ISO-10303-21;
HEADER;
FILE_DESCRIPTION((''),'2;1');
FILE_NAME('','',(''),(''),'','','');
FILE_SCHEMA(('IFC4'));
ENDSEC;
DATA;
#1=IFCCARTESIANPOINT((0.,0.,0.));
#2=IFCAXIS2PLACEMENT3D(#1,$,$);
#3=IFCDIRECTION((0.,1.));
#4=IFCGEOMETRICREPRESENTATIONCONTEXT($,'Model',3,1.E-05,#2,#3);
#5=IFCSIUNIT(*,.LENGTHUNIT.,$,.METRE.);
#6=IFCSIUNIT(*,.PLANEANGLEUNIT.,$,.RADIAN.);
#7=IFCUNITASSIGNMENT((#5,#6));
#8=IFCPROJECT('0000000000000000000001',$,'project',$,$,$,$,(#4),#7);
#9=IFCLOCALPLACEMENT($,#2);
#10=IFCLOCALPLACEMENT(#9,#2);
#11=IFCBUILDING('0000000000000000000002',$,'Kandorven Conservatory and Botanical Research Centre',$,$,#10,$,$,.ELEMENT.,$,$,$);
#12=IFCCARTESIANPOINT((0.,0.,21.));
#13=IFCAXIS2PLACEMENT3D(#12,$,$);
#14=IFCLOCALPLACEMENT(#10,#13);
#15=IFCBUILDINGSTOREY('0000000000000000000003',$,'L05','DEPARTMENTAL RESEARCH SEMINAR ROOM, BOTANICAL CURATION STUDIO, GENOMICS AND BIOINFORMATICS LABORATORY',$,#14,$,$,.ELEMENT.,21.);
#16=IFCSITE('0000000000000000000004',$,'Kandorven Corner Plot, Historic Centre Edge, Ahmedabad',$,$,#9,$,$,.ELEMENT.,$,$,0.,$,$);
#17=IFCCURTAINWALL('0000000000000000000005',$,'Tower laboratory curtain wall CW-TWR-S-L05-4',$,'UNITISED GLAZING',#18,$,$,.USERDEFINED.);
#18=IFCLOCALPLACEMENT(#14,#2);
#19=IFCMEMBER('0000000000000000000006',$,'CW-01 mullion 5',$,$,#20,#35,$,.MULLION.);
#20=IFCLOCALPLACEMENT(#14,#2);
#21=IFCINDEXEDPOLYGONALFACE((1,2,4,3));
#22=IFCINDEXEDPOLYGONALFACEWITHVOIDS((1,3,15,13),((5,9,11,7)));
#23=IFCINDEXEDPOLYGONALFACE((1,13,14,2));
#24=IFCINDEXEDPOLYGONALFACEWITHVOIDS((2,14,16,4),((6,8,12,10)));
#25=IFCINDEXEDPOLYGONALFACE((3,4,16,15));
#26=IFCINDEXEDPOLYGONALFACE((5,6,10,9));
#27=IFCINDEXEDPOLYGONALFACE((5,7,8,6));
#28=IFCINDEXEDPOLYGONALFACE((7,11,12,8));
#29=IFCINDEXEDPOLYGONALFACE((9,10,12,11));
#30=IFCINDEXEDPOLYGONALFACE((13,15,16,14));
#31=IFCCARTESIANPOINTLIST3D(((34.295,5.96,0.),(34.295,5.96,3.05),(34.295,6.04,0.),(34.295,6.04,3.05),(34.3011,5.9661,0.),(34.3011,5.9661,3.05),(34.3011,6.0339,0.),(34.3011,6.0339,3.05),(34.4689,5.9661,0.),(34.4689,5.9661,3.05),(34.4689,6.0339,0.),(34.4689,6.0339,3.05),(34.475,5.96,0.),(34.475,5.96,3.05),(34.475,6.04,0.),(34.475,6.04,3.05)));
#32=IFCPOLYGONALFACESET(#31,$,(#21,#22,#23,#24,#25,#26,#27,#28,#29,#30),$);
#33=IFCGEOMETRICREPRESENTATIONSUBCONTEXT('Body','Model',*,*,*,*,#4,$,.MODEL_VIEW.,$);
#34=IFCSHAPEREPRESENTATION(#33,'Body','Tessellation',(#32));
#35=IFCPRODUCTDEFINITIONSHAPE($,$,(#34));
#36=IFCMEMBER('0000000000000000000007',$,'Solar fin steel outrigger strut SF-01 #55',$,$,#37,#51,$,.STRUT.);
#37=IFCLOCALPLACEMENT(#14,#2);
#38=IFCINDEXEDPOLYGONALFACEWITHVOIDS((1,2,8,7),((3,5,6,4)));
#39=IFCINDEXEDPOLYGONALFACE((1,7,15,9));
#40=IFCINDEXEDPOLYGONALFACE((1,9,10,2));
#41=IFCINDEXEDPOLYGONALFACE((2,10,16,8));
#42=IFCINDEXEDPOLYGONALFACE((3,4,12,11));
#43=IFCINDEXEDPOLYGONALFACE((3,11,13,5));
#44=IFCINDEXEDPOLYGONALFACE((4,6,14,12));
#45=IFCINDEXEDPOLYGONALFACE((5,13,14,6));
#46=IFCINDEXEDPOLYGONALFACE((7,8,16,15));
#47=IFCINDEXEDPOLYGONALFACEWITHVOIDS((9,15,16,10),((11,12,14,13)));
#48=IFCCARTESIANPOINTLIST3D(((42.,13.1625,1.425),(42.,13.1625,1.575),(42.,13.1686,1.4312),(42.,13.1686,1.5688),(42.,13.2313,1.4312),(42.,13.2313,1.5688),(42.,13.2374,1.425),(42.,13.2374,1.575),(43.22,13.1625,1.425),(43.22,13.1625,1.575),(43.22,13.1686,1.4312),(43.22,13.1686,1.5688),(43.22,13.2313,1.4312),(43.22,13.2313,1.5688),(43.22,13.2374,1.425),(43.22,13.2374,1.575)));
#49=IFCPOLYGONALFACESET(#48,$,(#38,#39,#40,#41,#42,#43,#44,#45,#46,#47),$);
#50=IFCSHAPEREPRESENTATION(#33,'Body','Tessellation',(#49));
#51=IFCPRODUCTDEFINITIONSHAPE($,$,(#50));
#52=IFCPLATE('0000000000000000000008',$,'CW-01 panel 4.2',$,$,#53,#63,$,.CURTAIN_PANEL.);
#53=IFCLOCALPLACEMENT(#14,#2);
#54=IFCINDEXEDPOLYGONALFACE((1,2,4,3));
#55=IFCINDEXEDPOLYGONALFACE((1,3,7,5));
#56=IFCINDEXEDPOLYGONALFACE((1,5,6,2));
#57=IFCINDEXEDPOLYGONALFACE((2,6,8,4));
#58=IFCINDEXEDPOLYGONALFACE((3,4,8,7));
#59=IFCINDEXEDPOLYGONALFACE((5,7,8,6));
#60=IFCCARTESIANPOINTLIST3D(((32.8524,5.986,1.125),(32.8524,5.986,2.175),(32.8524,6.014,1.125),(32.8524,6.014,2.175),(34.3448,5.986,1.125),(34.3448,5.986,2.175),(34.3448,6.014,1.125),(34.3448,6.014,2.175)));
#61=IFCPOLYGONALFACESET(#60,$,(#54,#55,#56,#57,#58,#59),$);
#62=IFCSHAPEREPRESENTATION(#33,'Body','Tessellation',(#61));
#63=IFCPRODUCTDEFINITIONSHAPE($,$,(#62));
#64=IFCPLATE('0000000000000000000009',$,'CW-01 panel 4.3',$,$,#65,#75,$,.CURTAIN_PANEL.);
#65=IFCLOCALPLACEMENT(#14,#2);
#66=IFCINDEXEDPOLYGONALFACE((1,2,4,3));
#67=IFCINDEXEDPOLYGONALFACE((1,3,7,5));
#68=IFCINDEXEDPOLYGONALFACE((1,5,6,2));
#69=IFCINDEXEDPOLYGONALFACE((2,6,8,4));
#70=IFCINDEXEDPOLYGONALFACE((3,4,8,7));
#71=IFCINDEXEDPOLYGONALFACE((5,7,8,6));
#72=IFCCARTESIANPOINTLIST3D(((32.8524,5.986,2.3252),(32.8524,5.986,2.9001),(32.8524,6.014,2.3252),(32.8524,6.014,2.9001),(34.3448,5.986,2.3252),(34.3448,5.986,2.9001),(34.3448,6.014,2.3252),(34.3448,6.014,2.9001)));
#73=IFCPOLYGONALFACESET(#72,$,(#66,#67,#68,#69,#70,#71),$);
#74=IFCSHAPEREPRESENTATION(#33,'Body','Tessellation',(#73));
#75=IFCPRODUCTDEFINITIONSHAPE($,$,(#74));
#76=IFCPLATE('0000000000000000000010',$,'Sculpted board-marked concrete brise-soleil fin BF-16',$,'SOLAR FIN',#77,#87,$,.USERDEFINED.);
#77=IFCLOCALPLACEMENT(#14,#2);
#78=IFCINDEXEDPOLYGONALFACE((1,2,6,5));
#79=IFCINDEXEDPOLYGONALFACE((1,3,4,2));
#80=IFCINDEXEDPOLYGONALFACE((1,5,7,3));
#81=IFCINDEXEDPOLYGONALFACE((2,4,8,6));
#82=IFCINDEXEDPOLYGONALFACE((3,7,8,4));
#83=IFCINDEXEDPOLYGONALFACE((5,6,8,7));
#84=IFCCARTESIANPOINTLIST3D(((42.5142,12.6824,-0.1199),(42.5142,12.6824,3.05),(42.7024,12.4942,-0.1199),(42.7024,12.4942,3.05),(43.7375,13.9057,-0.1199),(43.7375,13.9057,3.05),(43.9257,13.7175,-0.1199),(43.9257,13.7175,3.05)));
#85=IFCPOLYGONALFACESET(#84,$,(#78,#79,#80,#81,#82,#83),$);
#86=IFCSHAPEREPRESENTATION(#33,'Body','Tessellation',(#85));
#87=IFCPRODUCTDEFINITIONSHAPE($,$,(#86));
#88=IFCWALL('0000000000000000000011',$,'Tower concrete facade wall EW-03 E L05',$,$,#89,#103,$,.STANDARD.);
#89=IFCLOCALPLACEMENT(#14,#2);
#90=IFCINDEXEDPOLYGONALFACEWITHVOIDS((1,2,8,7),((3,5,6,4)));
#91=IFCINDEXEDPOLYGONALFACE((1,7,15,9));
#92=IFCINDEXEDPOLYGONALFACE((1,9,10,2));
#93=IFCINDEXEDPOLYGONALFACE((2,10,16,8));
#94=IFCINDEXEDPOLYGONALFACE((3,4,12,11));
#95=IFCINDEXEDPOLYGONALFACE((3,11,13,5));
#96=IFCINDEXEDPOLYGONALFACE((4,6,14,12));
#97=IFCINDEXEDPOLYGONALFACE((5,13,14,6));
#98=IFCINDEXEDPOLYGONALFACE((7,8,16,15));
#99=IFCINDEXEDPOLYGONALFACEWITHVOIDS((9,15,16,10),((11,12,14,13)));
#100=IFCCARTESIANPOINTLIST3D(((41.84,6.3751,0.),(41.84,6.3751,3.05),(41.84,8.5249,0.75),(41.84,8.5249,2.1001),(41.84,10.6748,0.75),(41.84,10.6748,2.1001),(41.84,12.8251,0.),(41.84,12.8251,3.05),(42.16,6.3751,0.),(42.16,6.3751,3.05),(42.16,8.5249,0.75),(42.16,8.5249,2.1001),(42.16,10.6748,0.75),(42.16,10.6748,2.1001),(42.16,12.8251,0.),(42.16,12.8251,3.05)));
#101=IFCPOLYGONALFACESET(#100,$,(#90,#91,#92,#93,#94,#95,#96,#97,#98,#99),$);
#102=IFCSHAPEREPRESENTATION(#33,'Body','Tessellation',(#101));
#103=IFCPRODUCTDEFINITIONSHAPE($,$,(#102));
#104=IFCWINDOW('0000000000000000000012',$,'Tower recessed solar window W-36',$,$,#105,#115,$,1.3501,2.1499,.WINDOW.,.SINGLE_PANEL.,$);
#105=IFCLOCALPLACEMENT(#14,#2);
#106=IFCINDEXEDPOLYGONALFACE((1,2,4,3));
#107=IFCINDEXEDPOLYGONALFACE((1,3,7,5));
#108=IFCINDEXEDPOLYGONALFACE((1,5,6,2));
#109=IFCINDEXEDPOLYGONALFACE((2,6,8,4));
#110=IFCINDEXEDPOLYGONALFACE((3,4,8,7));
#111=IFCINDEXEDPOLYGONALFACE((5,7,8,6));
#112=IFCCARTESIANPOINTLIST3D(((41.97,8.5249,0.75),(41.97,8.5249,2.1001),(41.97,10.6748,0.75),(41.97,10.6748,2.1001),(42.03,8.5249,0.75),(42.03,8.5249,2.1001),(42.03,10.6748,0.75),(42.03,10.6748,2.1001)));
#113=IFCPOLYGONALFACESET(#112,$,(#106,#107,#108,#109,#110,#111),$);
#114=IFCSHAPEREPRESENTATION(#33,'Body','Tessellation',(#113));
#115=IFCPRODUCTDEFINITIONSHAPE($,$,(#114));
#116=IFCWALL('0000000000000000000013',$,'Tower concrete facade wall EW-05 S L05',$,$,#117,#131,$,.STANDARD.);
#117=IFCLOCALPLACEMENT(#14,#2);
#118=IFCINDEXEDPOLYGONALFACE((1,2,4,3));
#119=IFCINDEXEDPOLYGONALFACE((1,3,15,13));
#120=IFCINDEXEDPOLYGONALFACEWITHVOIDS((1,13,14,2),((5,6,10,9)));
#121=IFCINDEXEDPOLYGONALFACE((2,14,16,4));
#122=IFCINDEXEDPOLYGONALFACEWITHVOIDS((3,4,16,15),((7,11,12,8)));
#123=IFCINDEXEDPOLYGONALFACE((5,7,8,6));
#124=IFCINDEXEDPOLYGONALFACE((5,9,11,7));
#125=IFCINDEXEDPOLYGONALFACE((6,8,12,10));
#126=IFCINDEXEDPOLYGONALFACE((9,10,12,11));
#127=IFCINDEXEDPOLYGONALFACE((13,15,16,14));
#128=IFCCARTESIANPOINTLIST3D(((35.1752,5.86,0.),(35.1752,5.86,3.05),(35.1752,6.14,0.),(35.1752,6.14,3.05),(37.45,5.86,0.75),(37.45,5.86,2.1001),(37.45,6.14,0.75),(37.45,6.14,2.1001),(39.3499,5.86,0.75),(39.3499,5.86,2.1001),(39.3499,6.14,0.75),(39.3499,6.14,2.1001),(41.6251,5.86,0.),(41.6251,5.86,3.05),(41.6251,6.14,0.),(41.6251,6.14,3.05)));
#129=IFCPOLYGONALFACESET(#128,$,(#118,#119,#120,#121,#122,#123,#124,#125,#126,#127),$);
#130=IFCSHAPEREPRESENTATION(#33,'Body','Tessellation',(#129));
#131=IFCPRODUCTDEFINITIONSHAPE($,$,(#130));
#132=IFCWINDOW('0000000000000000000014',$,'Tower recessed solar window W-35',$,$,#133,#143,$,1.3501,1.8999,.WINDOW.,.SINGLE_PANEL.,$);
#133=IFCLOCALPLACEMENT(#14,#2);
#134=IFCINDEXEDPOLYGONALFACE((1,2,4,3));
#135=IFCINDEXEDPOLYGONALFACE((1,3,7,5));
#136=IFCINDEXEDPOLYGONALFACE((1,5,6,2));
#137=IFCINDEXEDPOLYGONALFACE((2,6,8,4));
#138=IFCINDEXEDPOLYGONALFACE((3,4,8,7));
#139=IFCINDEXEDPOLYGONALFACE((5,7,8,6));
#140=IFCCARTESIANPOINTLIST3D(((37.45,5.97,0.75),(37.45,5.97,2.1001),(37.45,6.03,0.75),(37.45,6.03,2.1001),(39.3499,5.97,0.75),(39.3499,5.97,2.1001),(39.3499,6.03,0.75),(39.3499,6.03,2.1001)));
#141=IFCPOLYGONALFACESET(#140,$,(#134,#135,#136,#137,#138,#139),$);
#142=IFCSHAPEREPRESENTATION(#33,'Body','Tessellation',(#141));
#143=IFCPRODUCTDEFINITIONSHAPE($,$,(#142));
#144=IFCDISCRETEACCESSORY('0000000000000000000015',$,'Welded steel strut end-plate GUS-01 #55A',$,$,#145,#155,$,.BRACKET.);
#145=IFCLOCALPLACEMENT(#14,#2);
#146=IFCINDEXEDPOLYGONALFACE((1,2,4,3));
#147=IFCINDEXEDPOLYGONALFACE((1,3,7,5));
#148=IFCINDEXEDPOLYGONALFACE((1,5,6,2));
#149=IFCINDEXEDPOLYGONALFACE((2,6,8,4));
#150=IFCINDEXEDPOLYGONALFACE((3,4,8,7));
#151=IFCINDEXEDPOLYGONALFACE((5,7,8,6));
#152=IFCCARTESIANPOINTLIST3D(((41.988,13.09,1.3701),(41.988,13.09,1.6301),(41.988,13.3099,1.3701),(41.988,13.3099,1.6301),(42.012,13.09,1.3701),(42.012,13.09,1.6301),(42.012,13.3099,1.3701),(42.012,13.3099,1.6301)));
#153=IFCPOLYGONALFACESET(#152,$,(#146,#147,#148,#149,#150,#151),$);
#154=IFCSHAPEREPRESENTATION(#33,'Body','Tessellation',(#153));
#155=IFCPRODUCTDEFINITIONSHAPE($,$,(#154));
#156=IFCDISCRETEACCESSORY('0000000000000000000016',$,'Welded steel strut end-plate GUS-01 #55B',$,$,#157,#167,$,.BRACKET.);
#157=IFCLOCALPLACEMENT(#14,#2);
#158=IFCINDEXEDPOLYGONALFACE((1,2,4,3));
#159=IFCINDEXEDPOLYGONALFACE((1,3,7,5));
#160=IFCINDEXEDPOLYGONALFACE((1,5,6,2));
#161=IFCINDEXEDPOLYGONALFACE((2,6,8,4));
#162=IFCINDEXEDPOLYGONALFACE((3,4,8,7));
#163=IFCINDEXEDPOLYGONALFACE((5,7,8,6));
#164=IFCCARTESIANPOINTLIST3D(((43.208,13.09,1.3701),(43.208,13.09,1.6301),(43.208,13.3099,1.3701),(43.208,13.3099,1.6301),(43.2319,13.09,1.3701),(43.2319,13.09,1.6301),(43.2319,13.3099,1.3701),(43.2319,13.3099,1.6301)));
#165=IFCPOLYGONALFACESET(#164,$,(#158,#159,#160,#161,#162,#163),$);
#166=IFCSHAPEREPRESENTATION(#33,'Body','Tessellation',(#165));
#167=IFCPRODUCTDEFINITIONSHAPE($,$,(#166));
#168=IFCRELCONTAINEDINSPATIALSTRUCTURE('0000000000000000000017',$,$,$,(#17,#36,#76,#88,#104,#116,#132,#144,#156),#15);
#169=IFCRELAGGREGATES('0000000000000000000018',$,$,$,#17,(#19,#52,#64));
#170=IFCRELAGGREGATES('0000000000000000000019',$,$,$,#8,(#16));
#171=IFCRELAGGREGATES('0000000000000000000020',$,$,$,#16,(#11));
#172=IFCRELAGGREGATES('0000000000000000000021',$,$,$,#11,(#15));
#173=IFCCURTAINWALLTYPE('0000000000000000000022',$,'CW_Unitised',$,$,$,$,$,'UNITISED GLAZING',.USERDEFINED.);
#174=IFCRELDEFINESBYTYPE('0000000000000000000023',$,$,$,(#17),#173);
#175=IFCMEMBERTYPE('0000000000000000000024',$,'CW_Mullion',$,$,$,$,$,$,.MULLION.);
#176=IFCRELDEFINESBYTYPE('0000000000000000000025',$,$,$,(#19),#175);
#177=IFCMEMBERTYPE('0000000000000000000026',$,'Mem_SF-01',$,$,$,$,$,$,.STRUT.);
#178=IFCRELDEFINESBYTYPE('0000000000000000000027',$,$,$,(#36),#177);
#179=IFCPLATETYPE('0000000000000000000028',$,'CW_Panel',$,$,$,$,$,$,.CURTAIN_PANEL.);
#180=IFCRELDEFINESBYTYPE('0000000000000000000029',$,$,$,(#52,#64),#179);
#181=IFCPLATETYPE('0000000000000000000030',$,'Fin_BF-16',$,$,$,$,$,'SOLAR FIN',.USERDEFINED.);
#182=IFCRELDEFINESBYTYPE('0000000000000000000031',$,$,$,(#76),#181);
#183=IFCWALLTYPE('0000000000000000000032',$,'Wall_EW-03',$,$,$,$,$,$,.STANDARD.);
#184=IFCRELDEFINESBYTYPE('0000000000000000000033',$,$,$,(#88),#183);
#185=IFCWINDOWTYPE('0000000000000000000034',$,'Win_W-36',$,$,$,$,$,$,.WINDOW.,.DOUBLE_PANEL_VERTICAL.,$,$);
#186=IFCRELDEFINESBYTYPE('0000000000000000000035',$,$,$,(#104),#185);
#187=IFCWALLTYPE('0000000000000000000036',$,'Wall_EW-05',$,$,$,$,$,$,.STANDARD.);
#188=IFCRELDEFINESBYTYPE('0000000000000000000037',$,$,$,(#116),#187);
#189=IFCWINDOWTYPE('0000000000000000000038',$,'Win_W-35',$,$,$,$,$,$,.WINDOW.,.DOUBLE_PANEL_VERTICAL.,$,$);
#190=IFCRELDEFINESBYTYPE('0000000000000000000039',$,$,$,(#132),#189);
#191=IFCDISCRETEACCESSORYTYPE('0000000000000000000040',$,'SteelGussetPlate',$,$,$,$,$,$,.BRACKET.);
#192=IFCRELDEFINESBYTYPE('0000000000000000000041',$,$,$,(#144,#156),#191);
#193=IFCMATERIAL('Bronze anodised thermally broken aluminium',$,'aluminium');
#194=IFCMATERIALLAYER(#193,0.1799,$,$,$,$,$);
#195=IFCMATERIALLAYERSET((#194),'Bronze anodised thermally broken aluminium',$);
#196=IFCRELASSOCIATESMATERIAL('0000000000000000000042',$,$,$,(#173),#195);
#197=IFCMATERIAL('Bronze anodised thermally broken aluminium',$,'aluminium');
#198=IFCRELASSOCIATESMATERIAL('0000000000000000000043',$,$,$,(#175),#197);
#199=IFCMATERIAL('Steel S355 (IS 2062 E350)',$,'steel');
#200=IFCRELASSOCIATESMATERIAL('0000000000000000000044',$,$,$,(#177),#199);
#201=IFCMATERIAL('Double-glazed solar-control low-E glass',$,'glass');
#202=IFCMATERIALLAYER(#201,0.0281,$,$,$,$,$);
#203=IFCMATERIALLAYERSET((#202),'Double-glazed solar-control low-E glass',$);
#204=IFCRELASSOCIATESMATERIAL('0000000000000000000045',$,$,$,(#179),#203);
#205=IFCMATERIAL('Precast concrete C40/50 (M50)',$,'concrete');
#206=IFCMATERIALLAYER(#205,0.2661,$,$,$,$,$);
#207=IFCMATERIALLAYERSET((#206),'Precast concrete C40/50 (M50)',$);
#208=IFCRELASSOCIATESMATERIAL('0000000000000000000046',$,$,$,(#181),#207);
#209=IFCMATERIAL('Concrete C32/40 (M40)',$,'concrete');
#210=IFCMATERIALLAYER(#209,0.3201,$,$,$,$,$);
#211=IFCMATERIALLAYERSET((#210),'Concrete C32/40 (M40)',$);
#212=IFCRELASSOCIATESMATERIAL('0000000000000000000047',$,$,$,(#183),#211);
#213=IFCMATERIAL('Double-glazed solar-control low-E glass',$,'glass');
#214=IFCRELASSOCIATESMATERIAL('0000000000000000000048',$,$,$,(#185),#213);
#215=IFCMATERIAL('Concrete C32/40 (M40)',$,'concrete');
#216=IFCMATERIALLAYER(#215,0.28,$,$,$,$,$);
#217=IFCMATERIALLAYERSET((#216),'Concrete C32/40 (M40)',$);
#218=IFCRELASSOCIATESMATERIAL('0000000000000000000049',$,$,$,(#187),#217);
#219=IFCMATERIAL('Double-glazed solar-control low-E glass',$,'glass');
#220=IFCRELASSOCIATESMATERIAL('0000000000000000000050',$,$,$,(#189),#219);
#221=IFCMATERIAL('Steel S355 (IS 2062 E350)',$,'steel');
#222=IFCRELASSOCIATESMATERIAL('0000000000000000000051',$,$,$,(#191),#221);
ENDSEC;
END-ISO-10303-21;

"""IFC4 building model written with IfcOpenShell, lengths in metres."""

from ifc_helpers import new_model, si_unit, direction, frame, frame_2d, origin, origin_2d, place, context, subcontext, project, spatial, rectangle, hollow_rectangle, extrude, material, layer, layer_set, material_profile, profile_set, type_object, element, fill, aggregate, save


model = new_model("IFC4")

# Units and contexts
model_context = context("Model", 3, precision=1e-05, world=origin(), true_north=direction((0.0, 1.0)))
body_context = subcontext(model_context, "Body", "Model", "MODEL_VIEW")
ifc_project = project(units=[si_unit("LENGTHUNIT", "METRE"), si_unit("PLANEANGLEUNIT", "RADIAN")], contexts=[model_context])

# Site, building, storey
site_placement = place(None, origin())
site = spatial("IfcSite", under=ifc_project, at=site_placement, Name="Kandorven Corner Plot, Historic Centre Edge, Ahmedabad", CompositionType="ELEMENT", RefElevation=0.0)
building_placement = place(site_placement, origin())
building = spatial("IfcBuilding", under=site, at=building_placement, Name="Kandorven Conservatory and Botanical Research Centre", CompositionType="ELEMENT")
storey_placement = place(building_placement, frame((0.0, 0.0, 21.0)))
storey = spatial("IfcBuildingStorey", under=building, at=storey_placement, Name="L05", Description="DEPARTMENTAL RESEARCH SEMINAR ROOM, BOTANICAL CURATION STUDIO, GENOMICS AND BIOINFORMATICS LABORATORY", CompositionType="ELEMENT", Elevation=21.0)

# Curtain wall, member
ifc_material_1 = material(Name="Bronze anodised thermally broken aluminium", Category="aluminium")
ifc_layer_1 = layer(ifc_material_1, 0.1799)
ifc_layer_set_1 = layer_set([ifc_layer_1], Name="Bronze anodised thermally broken aluminium")
curtain_wall_type = type_object("IfcCurtainWallType", Name="CW_Unitised", ElementType="UNITISED GLAZING", PredefinedType="USERDEFINED", material=ifc_layer_set_1)
curtain_wall_placement = place(storey_placement, origin())
curtain_wall = element("IfcCurtainWall", 1, at=curtain_wall_placement, inside=storey, type_object=curtain_wall_type, Name="Tower laboratory curtain wall CW-TWR-S-L05-4", ObjectType="UNITISED GLAZING", PredefinedType="USERDEFINED")
ifc_material_2 = material(Name="Bronze anodised thermally broken aluminium", Category="aluminium")
ifc_material_profile_1 = material_profile(ifc_material_2, hollow_rectangle(XDim=0.0801, YDim=0.1799, WallThickness=0.0061, at=origin_2d()))
ifc_profile_set_1 = profile_set([ifc_material_profile_1], Name="Bronze anodised thermally broken aluminium")
member_type_1 = type_object("IfcMemberType", Name="CW_Mullion", PredefinedType="MULLION", material=ifc_profile_set_1)
member_1_placement = place(storey_placement, frame((34.385, 6.0, 0.0), z_axis=(0.0, 0.0, 1.0), x_axis=(0.0, 1.0, 0.0)))
member_1 = element("IfcMember", 2, at=member_1_placement, type_object=member_type_1, Name="CW-01 mullion 5", PredefinedType="MULLION", context=body_context, shape_type="SweptSolid", body=[
    extrude(hollow_rectangle(XDim=0.0801, YDim=0.1799, WallThickness=0.0061, at=origin_2d()), origin(), (0.0, 0.0, 1.0), 3.05),
])

# Member
ifc_material_3 = material(Name="Steel S355 (IS 2062 E350)", Category="steel")
ifc_material_profile_2 = material_profile(ifc_material_3, hollow_rectangle(XDim=0.075, YDim=0.1499, WallThickness=0.0061, at=origin_2d()))
ifc_profile_set_2 = profile_set([ifc_material_profile_2], Name="Steel S355 (IS 2062 E350)")
member_type_2 = type_object("IfcMemberType", Name="Mem_SF-01", PredefinedType="STRUT", material=ifc_profile_set_2)
member_2_placement = place(storey_placement, frame((42.0, 13.2, 1.5), z_axis=(1.0, 0.0, 0.0), x_axis=(0.0, 1.0, 0.0)))
element("IfcMember", 3, at=member_2_placement, inside=storey, type_object=member_type_2, Name="Solar fin steel outrigger strut SF-01 #55", PredefinedType="STRUT", context=body_context, shape_type="SweptSolid", body=[
    extrude(hollow_rectangle(XDim=0.075, YDim=0.1499, WallThickness=0.0061, at=origin_2d()), origin(), (0.0, 0.0, 1.0), 1.22),
])

# Plates
ifc_material_4 = material(Name="Double-glazed solar-control low-E glass", Category="glass")
ifc_layer_2 = layer(ifc_material_4, 0.0281)
ifc_layer_set_2 = layer_set([ifc_layer_2], Name="Double-glazed solar-control low-E glass")
plate_type_1 = type_object("IfcPlateType", Name="CW_Panel", PredefinedType="CURTAIN_PANEL", material=ifc_layer_set_2)
plate_1_placement = place(storey_placement, frame((33.5986, 6.0, 1.125), z_axis=(0.0, 0.0, 1.0), x_axis=(1.0, 0.0, 0.0)))
plate_1 = element("IfcPlate", 4, at=plate_1_placement, type_object=plate_type_1, Name="CW-01 panel 4.2", PredefinedType="CURTAIN_PANEL", context=body_context, shape_type="SweptSolid", body=[
    extrude(rectangle(XDim=1.4924, YDim=0.0281, at=origin_2d()), origin(), (0.0, 0.0, 1.0), 1.05),
])
plate_2_placement = place(storey_placement, frame((33.5986, 6.0, 2.3252), z_axis=(0.0, 0.0, 1.0), x_axis=(1.0, 0.0, 0.0)))
plate_2 = element("IfcPlate", 5, at=plate_2_placement, type_object=plate_type_1, Name="CW-01 panel 4.3", PredefinedType="CURTAIN_PANEL", context=body_context, shape_type="SweptSolid", body=[
    extrude(rectangle(XDim=1.4924, YDim=0.0281, at=origin_2d()), origin(), (0.0, 0.0, 1.0), 0.575),
])
aggregate(curtain_wall, [member_1, plate_1, plate_2])
ifc_material_5 = material(Name="Precast concrete C40/50 (M50)", Category="concrete")
ifc_layer_3 = layer(ifc_material_5, 0.2661)
ifc_layer_set_3 = layer_set([ifc_layer_3], Name="Precast concrete C40/50 (M50)")
plate_type_2 = type_object("IfcPlateType", Name="Fin_BF-16", ElementType="SOLAR FIN", PredefinedType="USERDEFINED", material=ifc_layer_set_3)
plate_3_placement = place(storey_placement, frame((43.22, 13.2, -0.1199), z_axis=(0.0, 0.0, 1.0), x_axis=(0.707107, 0.707107, 0.0)))
element("IfcPlate", 6, at=plate_3_placement, inside=storey, type_object=plate_type_2, Name="Sculpted board-marked concrete brise-soleil fin BF-16", ObjectType="SOLAR FIN", PredefinedType="USERDEFINED", context=body_context, shape_type="SweptSolid", body=[
    extrude(rectangle(XDim=1.73, YDim=0.2661, at=origin_2d()), origin(), (0.0, 0.0, 1.0), 3.1699),
])

# Walls, openings, windows
ifc_material_6 = material(Name="Concrete C32/40 (M40)", Category="concrete")
ifc_layer_4 = layer(ifc_material_6, 0.3201)
ifc_layer_set_4 = layer_set([ifc_layer_4], Name="Concrete C32/40 (M40)")
wall_type_1 = type_object("IfcWallType", Name="Wall_EW-03", PredefinedType="STANDARD", material=ifc_layer_set_4)
wall_1_placement = place(storey_placement, frame((42.0, 6.375, 0.0), z_axis=(0.0, 0.0, 1.0), x_axis=(0.0, 1.0, 0.0)))
wall_1 = element("IfcWall", 7, at=wall_1_placement, inside=storey, type_object=wall_type_1, Name="Tower concrete facade wall EW-03 E L05", PredefinedType="STANDARD", context=body_context, shape_type="SweptSolid", body=[
    extrude(rectangle(XDim=6.45, YDim=0.3201, at=frame_2d((3.2251, 0.0))), origin(), (0.0, 0.0, 1.0), 3.05),
])
opening_1_placement = place(wall_1_placement, frame((2.1499, 0.0, 0.75)))
opening_1 = element("IfcOpeningElement", 8, at=opening_1_placement, cuts=wall_1, PredefinedType="OPENING", context=body_context, shape_type="SweptSolid", body=[
    extrude(rectangle(XDim=2.1499, YDim=1.3501, at=frame_2d((1.075, 0.675))), frame((0.0, 0.1699, 0.0), z_axis=(0.0, -1.0, 0.0), x_axis=(1.0, 0.0, 0.0)), (0.0, 0.0, 1.0), 0.3401),
])
ifc_material_7 = material(Name="Double-glazed solar-control low-E glass", Category="glass")
window_type_1 = type_object("IfcWindowType", Name="Win_W-36", PartitioningType="DOUBLE_PANEL_VERTICAL", PredefinedType="WINDOW", material=ifc_material_7)
window_1_placement = place(opening_1_placement, origin())
window_1 = element("IfcWindow", 9, at=window_1_placement, inside=storey, type_object=window_type_1, Name="Tower recessed solar window W-36", OverallHeight=1.3501, OverallWidth=2.1499, PartitioningType="SINGLE_PANEL", PredefinedType="WINDOW", context=body_context, shape_type="SweptSolid", body=[
    extrude(rectangle(XDim=2.1499, YDim=1.3501, at=frame_2d((1.075, 0.675))), frame((0.0, 0.03, 0.0), z_axis=(0.0, -1.0, 0.0), x_axis=(1.0, 0.0, 0.0)), (0.0, 0.0, 1.0), 0.0601),
])
fill(opening_1, window_1)
ifc_material_8 = material(Name="Concrete C32/40 (M40)", Category="concrete")
ifc_layer_5 = layer(ifc_material_8, 0.28)
ifc_layer_set_5 = layer_set([ifc_layer_5], Name="Concrete C32/40 (M40)")
wall_type_2 = type_object("IfcWallType", Name="Wall_EW-05", PredefinedType="STANDARD", material=ifc_layer_set_5)
wall_2_placement = place(storey_placement, frame((35.175, 6.0, 0.0), z_axis=(0.0, 0.0, 1.0), x_axis=(1.0, 0.0, 0.0)))
wall_2 = element("IfcWall", 10, at=wall_2_placement, inside=storey, type_object=wall_type_2, Name="Tower concrete facade wall EW-05 S L05", PredefinedType="STANDARD", context=body_context, shape_type="SweptSolid", body=[
    extrude(rectangle(XDim=6.45, YDim=0.28, at=frame_2d((3.2251, 0.0))), origin(), (0.0, 0.0, 1.0), 3.05),
])
opening_2_placement = place(wall_2_placement, frame((2.2749, 0.0, 0.75)))
opening_2 = element("IfcOpeningElement", 11, at=opening_2_placement, cuts=wall_2, PredefinedType="OPENING", context=body_context, shape_type="SweptSolid", body=[
    extrude(rectangle(XDim=1.8999, YDim=1.3501, at=frame_2d((0.95, 0.675))), frame((0.0, 0.1499, 0.0), z_axis=(0.0, -1.0, 0.0), x_axis=(1.0, 0.0, 0.0)), (0.0, 0.0, 1.0), 0.3),
])
ifc_material_9 = material(Name="Double-glazed solar-control low-E glass", Category="glass")
window_type_2 = type_object("IfcWindowType", Name="Win_W-35", PartitioningType="DOUBLE_PANEL_VERTICAL", PredefinedType="WINDOW", material=ifc_material_9)
window_2_placement = place(opening_2_placement, origin())
window_2 = element("IfcWindow", 12, at=window_2_placement, inside=storey, type_object=window_type_2, Name="Tower recessed solar window W-35", OverallHeight=1.3501, OverallWidth=1.8999, PartitioningType="SINGLE_PANEL", PredefinedType="WINDOW", context=body_context, shape_type="SweptSolid", body=[
    extrude(rectangle(XDim=1.8999, YDim=1.3501, at=frame_2d((0.95, 0.675))), frame((0.0, 0.03, 0.0), z_axis=(0.0, -1.0, 0.0), x_axis=(1.0, 0.0, 0.0)), (0.0, 0.0, 1.0), 0.0601),
])
fill(opening_2, window_2)

# Discrete accessories
ifc_material_10 = material(Name="Steel S355 (IS 2062 E350)", Category="steel")
discrete_accessory_type = type_object("IfcDiscreteAccessoryType", Name="SteelGussetPlate", PredefinedType="BRACKET", material=ifc_material_10)
for number, where, z_axis, x_axis, name in (
    (13, (42.0, 13.2, 1.3701), (0.0, 0.0, 1.0), (1.0, 0.0, 0.0), "Welded steel strut end-plate GUS-01 #55A"),
    (14, (43.22, 13.2, 1.3701), (0.0, 0.0, 1.0), (1.0, 0.0, 0.0), "Welded steel strut end-plate GUS-01 #55B"),
):
    element("IfcDiscreteAccessory", number, at=place(storey_placement, frame(where, z_axis=z_axis, x_axis=x_axis)), inside=storey, type_object=discrete_accessory_type, Name=name, PredefinedType="BRACKET", context=body_context, shape_type="SweptSolid", body=[
        extrude(rectangle(XDim=0.0239, YDim=0.22, at=origin_2d()), origin(), (0.0, 0.0, 1.0), 0.26),
    ])

save(model, "model.ifc")
